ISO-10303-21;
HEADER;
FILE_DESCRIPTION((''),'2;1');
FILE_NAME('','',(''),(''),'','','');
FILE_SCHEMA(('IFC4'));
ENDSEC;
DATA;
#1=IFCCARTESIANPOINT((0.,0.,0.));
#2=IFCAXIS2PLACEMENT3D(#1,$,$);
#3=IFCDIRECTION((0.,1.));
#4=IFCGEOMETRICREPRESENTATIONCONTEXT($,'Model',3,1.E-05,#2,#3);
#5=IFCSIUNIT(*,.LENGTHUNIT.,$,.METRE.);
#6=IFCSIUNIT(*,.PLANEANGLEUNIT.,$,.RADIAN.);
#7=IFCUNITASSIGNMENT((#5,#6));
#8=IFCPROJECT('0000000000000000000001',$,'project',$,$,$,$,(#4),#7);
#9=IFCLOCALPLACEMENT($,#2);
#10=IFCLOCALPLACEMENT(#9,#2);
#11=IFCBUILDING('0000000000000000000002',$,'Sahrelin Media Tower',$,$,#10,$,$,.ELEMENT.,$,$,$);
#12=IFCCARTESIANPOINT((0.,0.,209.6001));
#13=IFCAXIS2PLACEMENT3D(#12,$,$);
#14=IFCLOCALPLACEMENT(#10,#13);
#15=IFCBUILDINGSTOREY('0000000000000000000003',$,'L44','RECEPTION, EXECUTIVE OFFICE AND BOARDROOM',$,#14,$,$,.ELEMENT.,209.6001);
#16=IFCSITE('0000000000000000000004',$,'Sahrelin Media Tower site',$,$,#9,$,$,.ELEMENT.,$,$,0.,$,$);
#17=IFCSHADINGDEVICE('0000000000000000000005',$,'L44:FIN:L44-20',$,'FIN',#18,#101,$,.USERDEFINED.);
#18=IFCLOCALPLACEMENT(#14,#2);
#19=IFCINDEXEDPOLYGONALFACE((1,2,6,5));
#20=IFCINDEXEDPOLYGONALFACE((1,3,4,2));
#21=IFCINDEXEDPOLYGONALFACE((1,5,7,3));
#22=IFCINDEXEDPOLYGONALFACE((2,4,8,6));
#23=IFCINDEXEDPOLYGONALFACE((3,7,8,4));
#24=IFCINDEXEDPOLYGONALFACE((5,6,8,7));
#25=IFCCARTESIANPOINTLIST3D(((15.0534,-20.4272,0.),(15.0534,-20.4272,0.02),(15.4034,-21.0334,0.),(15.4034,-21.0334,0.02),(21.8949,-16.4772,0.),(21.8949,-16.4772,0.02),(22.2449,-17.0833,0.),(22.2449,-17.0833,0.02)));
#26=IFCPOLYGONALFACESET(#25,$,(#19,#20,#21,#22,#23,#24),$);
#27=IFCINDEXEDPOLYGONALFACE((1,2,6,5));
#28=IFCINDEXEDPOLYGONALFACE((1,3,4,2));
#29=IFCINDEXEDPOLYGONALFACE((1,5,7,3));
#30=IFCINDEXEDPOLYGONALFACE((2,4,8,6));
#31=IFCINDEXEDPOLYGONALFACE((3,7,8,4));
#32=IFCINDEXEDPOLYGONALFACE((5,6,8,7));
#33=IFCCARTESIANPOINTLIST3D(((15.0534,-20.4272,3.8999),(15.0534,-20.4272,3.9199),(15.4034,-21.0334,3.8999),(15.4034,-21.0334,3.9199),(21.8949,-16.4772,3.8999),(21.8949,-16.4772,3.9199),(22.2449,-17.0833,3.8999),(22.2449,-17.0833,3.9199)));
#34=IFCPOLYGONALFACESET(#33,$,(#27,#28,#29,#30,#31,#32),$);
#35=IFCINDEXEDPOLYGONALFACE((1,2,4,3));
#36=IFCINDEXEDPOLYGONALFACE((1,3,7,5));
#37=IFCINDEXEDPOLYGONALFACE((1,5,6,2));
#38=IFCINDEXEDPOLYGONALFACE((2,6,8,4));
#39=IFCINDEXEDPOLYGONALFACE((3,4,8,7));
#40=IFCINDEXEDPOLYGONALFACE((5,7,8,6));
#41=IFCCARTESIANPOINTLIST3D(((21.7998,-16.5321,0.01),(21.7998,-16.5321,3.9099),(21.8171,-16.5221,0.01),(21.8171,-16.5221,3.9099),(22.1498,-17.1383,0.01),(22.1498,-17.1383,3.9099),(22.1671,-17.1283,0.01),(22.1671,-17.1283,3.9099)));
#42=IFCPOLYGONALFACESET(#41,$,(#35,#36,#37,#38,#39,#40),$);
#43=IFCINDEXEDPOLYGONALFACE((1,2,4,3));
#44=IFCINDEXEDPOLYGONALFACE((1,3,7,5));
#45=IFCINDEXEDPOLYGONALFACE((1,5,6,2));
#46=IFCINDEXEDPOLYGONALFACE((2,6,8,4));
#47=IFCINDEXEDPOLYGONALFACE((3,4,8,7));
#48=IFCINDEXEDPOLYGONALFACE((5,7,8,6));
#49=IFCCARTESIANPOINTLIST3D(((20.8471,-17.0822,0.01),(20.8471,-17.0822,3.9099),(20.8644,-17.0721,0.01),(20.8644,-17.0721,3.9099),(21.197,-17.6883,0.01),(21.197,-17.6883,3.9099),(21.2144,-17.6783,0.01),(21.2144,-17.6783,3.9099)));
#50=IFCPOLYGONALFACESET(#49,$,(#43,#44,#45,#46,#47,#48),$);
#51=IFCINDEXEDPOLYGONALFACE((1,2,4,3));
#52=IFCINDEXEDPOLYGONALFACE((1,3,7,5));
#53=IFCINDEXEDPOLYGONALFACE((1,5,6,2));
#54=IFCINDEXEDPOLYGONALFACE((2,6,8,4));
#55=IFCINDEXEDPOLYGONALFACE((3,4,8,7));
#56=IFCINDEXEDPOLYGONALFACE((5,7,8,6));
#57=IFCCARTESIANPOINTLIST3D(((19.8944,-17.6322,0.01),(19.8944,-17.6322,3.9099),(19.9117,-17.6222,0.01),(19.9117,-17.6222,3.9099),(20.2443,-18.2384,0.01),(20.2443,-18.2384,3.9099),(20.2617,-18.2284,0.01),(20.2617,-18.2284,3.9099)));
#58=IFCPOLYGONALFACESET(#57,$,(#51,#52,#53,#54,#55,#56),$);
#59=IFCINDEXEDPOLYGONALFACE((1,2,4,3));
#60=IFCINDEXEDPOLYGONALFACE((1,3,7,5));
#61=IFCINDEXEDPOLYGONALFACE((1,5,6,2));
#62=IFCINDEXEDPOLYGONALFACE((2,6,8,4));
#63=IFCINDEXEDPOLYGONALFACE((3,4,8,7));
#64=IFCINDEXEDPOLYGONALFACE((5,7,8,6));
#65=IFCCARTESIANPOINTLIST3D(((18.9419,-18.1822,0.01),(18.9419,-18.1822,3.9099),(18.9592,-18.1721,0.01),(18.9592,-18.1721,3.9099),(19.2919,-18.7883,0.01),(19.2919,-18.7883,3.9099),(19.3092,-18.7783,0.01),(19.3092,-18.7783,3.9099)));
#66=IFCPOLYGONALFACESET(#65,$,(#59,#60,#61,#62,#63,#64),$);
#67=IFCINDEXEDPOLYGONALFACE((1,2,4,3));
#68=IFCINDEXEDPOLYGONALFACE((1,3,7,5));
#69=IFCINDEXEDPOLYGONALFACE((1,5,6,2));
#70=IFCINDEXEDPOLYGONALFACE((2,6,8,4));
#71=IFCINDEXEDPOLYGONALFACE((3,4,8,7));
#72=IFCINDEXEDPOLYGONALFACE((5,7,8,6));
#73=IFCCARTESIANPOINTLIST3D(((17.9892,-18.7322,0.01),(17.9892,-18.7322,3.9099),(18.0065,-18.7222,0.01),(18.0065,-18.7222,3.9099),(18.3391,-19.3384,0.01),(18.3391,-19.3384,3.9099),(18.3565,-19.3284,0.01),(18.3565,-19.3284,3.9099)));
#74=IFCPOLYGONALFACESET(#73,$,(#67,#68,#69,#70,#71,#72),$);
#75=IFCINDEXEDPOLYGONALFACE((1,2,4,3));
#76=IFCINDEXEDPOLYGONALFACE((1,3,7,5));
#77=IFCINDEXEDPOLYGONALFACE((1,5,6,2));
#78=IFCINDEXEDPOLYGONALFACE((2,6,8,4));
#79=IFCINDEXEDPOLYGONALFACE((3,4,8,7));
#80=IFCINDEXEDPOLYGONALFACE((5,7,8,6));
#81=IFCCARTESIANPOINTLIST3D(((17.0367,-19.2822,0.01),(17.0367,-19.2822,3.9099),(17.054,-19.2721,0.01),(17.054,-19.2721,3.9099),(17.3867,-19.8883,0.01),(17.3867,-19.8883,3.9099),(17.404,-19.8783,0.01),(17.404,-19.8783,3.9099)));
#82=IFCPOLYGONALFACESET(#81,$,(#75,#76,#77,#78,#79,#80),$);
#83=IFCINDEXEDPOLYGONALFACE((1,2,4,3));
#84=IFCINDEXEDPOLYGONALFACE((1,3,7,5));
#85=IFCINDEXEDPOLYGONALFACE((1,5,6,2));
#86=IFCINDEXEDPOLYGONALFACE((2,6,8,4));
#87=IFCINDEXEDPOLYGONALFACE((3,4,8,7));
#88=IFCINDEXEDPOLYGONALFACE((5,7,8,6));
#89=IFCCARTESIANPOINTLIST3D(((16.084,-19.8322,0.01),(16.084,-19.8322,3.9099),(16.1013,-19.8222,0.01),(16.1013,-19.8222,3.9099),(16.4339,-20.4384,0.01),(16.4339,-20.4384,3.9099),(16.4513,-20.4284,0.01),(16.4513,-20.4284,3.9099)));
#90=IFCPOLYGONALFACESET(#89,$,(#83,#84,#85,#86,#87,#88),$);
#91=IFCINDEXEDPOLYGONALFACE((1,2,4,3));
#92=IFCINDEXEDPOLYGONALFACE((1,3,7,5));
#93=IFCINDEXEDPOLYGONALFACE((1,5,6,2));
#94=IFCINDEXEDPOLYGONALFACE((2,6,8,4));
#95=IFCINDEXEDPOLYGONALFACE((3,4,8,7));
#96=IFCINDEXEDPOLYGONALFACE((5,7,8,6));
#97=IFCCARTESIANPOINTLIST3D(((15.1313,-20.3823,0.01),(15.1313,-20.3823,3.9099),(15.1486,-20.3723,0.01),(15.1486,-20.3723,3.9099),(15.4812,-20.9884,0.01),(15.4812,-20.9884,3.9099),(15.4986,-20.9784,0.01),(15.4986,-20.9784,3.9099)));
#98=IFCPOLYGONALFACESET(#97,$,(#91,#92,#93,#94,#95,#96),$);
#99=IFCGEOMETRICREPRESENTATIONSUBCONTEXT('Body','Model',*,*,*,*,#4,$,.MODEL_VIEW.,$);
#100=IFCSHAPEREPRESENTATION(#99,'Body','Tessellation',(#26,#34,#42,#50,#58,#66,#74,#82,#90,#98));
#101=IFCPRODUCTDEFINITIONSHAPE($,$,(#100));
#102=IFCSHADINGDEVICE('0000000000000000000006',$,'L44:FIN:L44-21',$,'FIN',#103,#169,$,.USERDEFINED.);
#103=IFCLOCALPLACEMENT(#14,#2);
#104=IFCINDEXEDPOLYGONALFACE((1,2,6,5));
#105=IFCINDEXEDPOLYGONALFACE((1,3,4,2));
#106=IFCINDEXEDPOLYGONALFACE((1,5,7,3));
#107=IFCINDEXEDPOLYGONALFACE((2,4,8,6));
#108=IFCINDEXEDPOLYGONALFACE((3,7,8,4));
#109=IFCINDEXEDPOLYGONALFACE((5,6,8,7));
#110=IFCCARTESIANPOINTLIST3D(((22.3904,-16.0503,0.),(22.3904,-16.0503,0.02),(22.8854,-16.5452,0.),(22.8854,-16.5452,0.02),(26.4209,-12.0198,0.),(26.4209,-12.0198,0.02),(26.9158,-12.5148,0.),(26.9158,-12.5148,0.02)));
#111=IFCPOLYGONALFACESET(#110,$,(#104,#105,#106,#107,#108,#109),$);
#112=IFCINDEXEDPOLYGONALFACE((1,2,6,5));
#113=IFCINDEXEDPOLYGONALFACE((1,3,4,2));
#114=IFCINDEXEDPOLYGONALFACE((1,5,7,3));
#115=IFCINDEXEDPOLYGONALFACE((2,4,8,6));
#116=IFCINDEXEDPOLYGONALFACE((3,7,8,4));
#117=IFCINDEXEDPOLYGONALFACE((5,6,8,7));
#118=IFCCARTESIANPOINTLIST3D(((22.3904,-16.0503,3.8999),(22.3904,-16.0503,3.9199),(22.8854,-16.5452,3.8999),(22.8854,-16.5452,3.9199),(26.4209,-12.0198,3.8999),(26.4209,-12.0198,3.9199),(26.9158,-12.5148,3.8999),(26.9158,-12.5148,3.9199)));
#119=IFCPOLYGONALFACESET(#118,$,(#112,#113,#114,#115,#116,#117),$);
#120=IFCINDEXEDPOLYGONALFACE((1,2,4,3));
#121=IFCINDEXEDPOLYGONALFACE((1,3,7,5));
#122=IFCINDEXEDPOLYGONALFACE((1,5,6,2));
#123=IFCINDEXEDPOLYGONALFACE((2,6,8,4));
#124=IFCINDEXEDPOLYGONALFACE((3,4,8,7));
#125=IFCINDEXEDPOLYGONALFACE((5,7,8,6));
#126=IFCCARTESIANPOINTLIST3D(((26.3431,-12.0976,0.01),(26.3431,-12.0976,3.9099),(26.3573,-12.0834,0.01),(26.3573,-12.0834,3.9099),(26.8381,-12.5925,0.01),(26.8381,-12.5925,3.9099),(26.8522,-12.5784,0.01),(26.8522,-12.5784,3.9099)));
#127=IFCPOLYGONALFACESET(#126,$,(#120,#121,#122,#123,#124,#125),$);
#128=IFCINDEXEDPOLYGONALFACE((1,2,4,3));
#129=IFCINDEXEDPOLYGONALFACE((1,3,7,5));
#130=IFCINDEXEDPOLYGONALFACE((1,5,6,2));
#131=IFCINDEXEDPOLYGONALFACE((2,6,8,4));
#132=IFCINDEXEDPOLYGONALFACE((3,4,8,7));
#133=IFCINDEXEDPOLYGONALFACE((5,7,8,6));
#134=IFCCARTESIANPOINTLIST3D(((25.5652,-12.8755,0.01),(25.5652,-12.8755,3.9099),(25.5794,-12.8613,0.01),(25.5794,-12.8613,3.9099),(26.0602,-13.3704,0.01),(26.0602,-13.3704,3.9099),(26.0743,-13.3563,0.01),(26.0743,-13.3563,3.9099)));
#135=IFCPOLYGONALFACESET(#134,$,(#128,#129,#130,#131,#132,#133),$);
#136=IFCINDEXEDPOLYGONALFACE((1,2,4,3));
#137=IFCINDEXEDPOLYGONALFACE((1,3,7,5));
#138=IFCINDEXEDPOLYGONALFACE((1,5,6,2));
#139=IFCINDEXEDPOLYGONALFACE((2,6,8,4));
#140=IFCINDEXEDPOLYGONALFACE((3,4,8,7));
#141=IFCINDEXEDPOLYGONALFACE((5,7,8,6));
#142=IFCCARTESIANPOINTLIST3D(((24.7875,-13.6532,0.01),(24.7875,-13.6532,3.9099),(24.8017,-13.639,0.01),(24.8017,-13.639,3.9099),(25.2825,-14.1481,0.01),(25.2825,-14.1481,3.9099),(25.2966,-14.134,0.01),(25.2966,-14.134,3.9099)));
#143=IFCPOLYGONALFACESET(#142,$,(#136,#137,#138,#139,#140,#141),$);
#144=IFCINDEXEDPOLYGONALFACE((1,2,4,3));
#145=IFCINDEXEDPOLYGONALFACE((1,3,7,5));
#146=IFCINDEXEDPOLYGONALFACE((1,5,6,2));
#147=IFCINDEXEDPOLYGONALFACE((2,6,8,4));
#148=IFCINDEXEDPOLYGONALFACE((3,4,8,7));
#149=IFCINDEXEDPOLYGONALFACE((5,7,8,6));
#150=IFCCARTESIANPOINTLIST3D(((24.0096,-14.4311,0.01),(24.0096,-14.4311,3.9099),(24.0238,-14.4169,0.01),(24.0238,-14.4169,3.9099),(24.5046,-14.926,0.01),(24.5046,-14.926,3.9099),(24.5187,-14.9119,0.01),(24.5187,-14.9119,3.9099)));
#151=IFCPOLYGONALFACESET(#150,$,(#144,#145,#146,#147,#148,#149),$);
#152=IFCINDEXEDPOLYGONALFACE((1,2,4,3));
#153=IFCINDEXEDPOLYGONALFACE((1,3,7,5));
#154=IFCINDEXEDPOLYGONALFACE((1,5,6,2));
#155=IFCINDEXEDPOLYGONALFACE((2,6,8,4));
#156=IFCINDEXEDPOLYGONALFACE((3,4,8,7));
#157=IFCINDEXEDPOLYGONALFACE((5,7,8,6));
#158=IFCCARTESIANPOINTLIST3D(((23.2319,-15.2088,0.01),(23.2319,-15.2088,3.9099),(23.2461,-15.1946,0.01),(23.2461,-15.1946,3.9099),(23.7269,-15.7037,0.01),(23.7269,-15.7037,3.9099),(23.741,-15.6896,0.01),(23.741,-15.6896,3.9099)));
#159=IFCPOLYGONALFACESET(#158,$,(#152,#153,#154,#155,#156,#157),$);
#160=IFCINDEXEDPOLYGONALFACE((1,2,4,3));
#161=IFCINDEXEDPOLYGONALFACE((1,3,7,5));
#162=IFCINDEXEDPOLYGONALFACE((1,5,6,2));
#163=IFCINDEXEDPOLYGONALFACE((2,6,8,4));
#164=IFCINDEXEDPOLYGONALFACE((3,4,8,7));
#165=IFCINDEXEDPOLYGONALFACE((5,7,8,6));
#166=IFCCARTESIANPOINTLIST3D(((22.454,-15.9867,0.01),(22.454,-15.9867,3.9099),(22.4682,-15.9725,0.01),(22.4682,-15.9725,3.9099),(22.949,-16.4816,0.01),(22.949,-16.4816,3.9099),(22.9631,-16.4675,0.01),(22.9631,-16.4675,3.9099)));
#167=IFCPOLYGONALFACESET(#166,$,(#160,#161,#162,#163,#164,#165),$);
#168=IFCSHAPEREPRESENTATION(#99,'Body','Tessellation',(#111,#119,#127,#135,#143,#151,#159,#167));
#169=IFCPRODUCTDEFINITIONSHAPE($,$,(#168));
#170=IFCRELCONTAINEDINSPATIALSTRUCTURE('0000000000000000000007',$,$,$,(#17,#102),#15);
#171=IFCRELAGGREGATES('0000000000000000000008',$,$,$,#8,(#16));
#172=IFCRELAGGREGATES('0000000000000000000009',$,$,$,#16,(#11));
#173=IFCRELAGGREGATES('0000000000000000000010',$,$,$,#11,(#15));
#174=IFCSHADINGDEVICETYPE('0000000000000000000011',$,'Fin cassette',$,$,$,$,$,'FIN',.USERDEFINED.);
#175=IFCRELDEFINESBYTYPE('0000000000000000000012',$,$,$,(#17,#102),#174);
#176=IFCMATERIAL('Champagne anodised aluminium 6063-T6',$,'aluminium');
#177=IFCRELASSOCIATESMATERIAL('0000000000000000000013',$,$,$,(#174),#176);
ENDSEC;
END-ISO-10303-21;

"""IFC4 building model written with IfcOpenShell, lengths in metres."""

from ifc_helpers import new_model, si_unit, direction, frame, origin, origin_2d, place, context, subcontext, project, spatial, rectangle, extrude, material, type_object, element, save


model = new_model("IFC4")

# Units and contexts
model_context = context("Model", 3, precision=1e-05, world=origin(), true_north=direction((0.0, 1.0)))
body_context = subcontext(model_context, "Body", "Model", "MODEL_VIEW")
ifc_project = project(units=[si_unit("LENGTHUNIT", "METRE"), si_unit("PLANEANGLEUNIT", "RADIAN")], contexts=[model_context])

# Site, building, storey
site_placement = place(None, origin())
site = spatial("IfcSite", under=ifc_project, at=site_placement, Name="Sahrelin Media Tower site", CompositionType="ELEMENT", RefElevation=0.0)
building_placement = place(site_placement, origin())
building = spatial("IfcBuilding", under=site, at=building_placement, Name="Sahrelin Media Tower", CompositionType="ELEMENT")
storey_placement = place(building_placement, frame((0.0, 0.0, 209.6001)))
storey = spatial("IfcBuildingStorey", under=building, at=storey_placement, Name="L44", Description="RECEPTION, EXECUTIVE OFFICE AND BOARDROOM", CompositionType="ELEMENT", Elevation=209.6001)

# Shared definitions
ifc_material_1 = material(Name="Champagne anodised aluminium 6063-T6", Category="aluminium")

# Shading devices
shading_device_type_1 = type_object("IfcShadingDeviceType", Name="Fin cassette", ElementType="FIN", PredefinedType="USERDEFINED", material=ifc_material_1)
placement_1 = place(storey_placement, frame((18.4392, -18.3916, 0.0), z_axis=(0.0, 0.0, 1.0), x_axis=(-0.866019, -0.500011, 0.0)))
element("IfcShadingDevice", 1, at=placement_1, inside=storey, type_object=shading_device_type_1, Name="L44:FIN:L44-20", ObjectType="FIN", PredefinedType="USERDEFINED", context=body_context, shape_type="SweptSolid", body=[
    extrude(rectangle(XDim=7.8999, YDim=0.7, at=origin_2d()), frame((0.0, 0.4199, 0.0)), (0.0, 0.0, 1.0), 0.02),
    extrude(rectangle(XDim=7.8999, YDim=0.7, at=origin_2d()), frame((0.0, 0.4199, 3.8999)), (0.0, 0.0, 1.0), 0.02),
    extrude(rectangle(XDim=0.02, YDim=0.7, at=origin_2d()), frame((-3.8501, 0.4199, 0.01), z_axis=(0.0, 0.0, 1.0), x_axis=(1.0, 0.0, 0.0)), (0.0, 0.0, 1.0), 3.8999),
    extrude(rectangle(XDim=0.02, YDim=0.7, at=origin_2d()), frame((-2.75, 0.4199, 0.01), z_axis=(0.0, 0.0, 1.0), x_axis=(1.0, 0.0, 0.0)), (0.0, 0.0, 1.0), 3.8999),
    extrude(rectangle(XDim=0.02, YDim=0.7, at=origin_2d()), frame((-1.6499, 0.4199, 0.01), z_axis=(0.0, 0.0, 1.0), x_axis=(1.0, 0.0, 0.0)), (0.0, 0.0, 1.0), 3.8999),
    extrude(rectangle(XDim=0.02, YDim=0.7, at=origin_2d()), frame((-0.55, 0.4199, 0.01), z_axis=(0.0, 0.0, 1.0), x_axis=(1.0, 0.0, 0.0)), (0.0, 0.0, 1.0), 3.8999),
    extrude(rectangle(XDim=0.02, YDim=0.7, at=origin_2d()), frame((0.55, 0.4199, 0.01), z_axis=(0.0, 0.0, 1.0), x_axis=(1.0, 0.0, 0.0)), (0.0, 0.0, 1.0), 3.8999),
    extrude(rectangle(XDim=0.02, YDim=0.7, at=origin_2d()), frame((1.6499, 0.4199, 0.01), z_axis=(0.0, 0.0, 1.0), x_axis=(1.0, 0.0, 0.0)), (0.0, 0.0, 1.0), 3.8999),
    extrude(rectangle(XDim=0.02, YDim=0.7, at=origin_2d()), frame((2.75, 0.4199, 0.01), z_axis=(0.0, 0.0, 1.0), x_axis=(1.0, 0.0, 0.0)), (0.0, 0.0, 1.0), 3.8999),
    extrude(rectangle(XDim=0.02, YDim=0.7, at=origin_2d()), frame((3.8501, 0.4199, 0.01), z_axis=(0.0, 0.0, 1.0), x_axis=(1.0, 0.0, 0.0)), (0.0, 0.0, 1.0), 3.8999),
])
placement_2 = place(storey_placement, frame((24.3562, -13.9856, 0.0), z_axis=(0.0, 0.0, 1.0), x_axis=(-0.707107, -0.707107, 0.0)))
element("IfcShadingDevice", 2, at=placement_2, inside=storey, type_object=shading_device_type_1, Name="L44:FIN:L44-21", ObjectType="FIN", PredefinedType="USERDEFINED", context=body_context, shape_type="SweptSolid", body=[
    extrude(rectangle(XDim=5.7, YDim=0.7, at=origin_2d()), frame((0.0, 0.4199, 0.0)), (0.0, 0.0, 1.0), 0.02),
    extrude(rectangle(XDim=5.7, YDim=0.7, at=origin_2d()), frame((0.0, 0.4199, 3.8999)), (0.0, 0.0, 1.0), 0.02),
    extrude(rectangle(XDim=0.02, YDim=0.7, at=origin_2d()), frame((-2.75, 0.4199, 0.01), z_axis=(0.0, 0.0, 1.0), x_axis=(1.0, 0.0, 0.0)), (0.0, 0.0, 1.0), 3.8999),
    extrude(rectangle(XDim=0.02, YDim=0.7, at=origin_2d()), frame((-1.6499, 0.4199, 0.01), z_axis=(0.0, 0.0, 1.0), x_axis=(1.0, 0.0, 0.0)), (0.0, 0.0, 1.0), 3.8999),
    extrude(rectangle(XDim=0.02, YDim=0.7, at=origin_2d()), frame((-0.55, 0.4199, 0.01), z_axis=(0.0, 0.0, 1.0), x_axis=(1.0, 0.0, 0.0)), (0.0, 0.0, 1.0), 3.8999),
    extrude(rectangle(XDim=0.02, YDim=0.7, at=origin_2d()), frame((0.55, 0.4199, 0.01), z_axis=(0.0, 0.0, 1.0), x_axis=(1.0, 0.0, 0.0)), (0.0, 0.0, 1.0), 3.8999),
    extrude(rectangle(XDim=0.02, YDim=0.7, at=origin_2d()), frame((1.6499, 0.4199, 0.01), z_axis=(0.0, 0.0, 1.0), x_axis=(1.0, 0.0, 0.0)), (0.0, 0.0, 1.0), 3.8999),
    extrude(rectangle(XDim=0.02, YDim=0.7, at=origin_2d()), frame((2.75, 0.4199, 0.01), z_axis=(0.0, 0.0, 1.0), x_axis=(1.0, 0.0, 0.0)), (0.0, 0.0, 1.0), 3.8999),
])

save(model, "model.ifc")
